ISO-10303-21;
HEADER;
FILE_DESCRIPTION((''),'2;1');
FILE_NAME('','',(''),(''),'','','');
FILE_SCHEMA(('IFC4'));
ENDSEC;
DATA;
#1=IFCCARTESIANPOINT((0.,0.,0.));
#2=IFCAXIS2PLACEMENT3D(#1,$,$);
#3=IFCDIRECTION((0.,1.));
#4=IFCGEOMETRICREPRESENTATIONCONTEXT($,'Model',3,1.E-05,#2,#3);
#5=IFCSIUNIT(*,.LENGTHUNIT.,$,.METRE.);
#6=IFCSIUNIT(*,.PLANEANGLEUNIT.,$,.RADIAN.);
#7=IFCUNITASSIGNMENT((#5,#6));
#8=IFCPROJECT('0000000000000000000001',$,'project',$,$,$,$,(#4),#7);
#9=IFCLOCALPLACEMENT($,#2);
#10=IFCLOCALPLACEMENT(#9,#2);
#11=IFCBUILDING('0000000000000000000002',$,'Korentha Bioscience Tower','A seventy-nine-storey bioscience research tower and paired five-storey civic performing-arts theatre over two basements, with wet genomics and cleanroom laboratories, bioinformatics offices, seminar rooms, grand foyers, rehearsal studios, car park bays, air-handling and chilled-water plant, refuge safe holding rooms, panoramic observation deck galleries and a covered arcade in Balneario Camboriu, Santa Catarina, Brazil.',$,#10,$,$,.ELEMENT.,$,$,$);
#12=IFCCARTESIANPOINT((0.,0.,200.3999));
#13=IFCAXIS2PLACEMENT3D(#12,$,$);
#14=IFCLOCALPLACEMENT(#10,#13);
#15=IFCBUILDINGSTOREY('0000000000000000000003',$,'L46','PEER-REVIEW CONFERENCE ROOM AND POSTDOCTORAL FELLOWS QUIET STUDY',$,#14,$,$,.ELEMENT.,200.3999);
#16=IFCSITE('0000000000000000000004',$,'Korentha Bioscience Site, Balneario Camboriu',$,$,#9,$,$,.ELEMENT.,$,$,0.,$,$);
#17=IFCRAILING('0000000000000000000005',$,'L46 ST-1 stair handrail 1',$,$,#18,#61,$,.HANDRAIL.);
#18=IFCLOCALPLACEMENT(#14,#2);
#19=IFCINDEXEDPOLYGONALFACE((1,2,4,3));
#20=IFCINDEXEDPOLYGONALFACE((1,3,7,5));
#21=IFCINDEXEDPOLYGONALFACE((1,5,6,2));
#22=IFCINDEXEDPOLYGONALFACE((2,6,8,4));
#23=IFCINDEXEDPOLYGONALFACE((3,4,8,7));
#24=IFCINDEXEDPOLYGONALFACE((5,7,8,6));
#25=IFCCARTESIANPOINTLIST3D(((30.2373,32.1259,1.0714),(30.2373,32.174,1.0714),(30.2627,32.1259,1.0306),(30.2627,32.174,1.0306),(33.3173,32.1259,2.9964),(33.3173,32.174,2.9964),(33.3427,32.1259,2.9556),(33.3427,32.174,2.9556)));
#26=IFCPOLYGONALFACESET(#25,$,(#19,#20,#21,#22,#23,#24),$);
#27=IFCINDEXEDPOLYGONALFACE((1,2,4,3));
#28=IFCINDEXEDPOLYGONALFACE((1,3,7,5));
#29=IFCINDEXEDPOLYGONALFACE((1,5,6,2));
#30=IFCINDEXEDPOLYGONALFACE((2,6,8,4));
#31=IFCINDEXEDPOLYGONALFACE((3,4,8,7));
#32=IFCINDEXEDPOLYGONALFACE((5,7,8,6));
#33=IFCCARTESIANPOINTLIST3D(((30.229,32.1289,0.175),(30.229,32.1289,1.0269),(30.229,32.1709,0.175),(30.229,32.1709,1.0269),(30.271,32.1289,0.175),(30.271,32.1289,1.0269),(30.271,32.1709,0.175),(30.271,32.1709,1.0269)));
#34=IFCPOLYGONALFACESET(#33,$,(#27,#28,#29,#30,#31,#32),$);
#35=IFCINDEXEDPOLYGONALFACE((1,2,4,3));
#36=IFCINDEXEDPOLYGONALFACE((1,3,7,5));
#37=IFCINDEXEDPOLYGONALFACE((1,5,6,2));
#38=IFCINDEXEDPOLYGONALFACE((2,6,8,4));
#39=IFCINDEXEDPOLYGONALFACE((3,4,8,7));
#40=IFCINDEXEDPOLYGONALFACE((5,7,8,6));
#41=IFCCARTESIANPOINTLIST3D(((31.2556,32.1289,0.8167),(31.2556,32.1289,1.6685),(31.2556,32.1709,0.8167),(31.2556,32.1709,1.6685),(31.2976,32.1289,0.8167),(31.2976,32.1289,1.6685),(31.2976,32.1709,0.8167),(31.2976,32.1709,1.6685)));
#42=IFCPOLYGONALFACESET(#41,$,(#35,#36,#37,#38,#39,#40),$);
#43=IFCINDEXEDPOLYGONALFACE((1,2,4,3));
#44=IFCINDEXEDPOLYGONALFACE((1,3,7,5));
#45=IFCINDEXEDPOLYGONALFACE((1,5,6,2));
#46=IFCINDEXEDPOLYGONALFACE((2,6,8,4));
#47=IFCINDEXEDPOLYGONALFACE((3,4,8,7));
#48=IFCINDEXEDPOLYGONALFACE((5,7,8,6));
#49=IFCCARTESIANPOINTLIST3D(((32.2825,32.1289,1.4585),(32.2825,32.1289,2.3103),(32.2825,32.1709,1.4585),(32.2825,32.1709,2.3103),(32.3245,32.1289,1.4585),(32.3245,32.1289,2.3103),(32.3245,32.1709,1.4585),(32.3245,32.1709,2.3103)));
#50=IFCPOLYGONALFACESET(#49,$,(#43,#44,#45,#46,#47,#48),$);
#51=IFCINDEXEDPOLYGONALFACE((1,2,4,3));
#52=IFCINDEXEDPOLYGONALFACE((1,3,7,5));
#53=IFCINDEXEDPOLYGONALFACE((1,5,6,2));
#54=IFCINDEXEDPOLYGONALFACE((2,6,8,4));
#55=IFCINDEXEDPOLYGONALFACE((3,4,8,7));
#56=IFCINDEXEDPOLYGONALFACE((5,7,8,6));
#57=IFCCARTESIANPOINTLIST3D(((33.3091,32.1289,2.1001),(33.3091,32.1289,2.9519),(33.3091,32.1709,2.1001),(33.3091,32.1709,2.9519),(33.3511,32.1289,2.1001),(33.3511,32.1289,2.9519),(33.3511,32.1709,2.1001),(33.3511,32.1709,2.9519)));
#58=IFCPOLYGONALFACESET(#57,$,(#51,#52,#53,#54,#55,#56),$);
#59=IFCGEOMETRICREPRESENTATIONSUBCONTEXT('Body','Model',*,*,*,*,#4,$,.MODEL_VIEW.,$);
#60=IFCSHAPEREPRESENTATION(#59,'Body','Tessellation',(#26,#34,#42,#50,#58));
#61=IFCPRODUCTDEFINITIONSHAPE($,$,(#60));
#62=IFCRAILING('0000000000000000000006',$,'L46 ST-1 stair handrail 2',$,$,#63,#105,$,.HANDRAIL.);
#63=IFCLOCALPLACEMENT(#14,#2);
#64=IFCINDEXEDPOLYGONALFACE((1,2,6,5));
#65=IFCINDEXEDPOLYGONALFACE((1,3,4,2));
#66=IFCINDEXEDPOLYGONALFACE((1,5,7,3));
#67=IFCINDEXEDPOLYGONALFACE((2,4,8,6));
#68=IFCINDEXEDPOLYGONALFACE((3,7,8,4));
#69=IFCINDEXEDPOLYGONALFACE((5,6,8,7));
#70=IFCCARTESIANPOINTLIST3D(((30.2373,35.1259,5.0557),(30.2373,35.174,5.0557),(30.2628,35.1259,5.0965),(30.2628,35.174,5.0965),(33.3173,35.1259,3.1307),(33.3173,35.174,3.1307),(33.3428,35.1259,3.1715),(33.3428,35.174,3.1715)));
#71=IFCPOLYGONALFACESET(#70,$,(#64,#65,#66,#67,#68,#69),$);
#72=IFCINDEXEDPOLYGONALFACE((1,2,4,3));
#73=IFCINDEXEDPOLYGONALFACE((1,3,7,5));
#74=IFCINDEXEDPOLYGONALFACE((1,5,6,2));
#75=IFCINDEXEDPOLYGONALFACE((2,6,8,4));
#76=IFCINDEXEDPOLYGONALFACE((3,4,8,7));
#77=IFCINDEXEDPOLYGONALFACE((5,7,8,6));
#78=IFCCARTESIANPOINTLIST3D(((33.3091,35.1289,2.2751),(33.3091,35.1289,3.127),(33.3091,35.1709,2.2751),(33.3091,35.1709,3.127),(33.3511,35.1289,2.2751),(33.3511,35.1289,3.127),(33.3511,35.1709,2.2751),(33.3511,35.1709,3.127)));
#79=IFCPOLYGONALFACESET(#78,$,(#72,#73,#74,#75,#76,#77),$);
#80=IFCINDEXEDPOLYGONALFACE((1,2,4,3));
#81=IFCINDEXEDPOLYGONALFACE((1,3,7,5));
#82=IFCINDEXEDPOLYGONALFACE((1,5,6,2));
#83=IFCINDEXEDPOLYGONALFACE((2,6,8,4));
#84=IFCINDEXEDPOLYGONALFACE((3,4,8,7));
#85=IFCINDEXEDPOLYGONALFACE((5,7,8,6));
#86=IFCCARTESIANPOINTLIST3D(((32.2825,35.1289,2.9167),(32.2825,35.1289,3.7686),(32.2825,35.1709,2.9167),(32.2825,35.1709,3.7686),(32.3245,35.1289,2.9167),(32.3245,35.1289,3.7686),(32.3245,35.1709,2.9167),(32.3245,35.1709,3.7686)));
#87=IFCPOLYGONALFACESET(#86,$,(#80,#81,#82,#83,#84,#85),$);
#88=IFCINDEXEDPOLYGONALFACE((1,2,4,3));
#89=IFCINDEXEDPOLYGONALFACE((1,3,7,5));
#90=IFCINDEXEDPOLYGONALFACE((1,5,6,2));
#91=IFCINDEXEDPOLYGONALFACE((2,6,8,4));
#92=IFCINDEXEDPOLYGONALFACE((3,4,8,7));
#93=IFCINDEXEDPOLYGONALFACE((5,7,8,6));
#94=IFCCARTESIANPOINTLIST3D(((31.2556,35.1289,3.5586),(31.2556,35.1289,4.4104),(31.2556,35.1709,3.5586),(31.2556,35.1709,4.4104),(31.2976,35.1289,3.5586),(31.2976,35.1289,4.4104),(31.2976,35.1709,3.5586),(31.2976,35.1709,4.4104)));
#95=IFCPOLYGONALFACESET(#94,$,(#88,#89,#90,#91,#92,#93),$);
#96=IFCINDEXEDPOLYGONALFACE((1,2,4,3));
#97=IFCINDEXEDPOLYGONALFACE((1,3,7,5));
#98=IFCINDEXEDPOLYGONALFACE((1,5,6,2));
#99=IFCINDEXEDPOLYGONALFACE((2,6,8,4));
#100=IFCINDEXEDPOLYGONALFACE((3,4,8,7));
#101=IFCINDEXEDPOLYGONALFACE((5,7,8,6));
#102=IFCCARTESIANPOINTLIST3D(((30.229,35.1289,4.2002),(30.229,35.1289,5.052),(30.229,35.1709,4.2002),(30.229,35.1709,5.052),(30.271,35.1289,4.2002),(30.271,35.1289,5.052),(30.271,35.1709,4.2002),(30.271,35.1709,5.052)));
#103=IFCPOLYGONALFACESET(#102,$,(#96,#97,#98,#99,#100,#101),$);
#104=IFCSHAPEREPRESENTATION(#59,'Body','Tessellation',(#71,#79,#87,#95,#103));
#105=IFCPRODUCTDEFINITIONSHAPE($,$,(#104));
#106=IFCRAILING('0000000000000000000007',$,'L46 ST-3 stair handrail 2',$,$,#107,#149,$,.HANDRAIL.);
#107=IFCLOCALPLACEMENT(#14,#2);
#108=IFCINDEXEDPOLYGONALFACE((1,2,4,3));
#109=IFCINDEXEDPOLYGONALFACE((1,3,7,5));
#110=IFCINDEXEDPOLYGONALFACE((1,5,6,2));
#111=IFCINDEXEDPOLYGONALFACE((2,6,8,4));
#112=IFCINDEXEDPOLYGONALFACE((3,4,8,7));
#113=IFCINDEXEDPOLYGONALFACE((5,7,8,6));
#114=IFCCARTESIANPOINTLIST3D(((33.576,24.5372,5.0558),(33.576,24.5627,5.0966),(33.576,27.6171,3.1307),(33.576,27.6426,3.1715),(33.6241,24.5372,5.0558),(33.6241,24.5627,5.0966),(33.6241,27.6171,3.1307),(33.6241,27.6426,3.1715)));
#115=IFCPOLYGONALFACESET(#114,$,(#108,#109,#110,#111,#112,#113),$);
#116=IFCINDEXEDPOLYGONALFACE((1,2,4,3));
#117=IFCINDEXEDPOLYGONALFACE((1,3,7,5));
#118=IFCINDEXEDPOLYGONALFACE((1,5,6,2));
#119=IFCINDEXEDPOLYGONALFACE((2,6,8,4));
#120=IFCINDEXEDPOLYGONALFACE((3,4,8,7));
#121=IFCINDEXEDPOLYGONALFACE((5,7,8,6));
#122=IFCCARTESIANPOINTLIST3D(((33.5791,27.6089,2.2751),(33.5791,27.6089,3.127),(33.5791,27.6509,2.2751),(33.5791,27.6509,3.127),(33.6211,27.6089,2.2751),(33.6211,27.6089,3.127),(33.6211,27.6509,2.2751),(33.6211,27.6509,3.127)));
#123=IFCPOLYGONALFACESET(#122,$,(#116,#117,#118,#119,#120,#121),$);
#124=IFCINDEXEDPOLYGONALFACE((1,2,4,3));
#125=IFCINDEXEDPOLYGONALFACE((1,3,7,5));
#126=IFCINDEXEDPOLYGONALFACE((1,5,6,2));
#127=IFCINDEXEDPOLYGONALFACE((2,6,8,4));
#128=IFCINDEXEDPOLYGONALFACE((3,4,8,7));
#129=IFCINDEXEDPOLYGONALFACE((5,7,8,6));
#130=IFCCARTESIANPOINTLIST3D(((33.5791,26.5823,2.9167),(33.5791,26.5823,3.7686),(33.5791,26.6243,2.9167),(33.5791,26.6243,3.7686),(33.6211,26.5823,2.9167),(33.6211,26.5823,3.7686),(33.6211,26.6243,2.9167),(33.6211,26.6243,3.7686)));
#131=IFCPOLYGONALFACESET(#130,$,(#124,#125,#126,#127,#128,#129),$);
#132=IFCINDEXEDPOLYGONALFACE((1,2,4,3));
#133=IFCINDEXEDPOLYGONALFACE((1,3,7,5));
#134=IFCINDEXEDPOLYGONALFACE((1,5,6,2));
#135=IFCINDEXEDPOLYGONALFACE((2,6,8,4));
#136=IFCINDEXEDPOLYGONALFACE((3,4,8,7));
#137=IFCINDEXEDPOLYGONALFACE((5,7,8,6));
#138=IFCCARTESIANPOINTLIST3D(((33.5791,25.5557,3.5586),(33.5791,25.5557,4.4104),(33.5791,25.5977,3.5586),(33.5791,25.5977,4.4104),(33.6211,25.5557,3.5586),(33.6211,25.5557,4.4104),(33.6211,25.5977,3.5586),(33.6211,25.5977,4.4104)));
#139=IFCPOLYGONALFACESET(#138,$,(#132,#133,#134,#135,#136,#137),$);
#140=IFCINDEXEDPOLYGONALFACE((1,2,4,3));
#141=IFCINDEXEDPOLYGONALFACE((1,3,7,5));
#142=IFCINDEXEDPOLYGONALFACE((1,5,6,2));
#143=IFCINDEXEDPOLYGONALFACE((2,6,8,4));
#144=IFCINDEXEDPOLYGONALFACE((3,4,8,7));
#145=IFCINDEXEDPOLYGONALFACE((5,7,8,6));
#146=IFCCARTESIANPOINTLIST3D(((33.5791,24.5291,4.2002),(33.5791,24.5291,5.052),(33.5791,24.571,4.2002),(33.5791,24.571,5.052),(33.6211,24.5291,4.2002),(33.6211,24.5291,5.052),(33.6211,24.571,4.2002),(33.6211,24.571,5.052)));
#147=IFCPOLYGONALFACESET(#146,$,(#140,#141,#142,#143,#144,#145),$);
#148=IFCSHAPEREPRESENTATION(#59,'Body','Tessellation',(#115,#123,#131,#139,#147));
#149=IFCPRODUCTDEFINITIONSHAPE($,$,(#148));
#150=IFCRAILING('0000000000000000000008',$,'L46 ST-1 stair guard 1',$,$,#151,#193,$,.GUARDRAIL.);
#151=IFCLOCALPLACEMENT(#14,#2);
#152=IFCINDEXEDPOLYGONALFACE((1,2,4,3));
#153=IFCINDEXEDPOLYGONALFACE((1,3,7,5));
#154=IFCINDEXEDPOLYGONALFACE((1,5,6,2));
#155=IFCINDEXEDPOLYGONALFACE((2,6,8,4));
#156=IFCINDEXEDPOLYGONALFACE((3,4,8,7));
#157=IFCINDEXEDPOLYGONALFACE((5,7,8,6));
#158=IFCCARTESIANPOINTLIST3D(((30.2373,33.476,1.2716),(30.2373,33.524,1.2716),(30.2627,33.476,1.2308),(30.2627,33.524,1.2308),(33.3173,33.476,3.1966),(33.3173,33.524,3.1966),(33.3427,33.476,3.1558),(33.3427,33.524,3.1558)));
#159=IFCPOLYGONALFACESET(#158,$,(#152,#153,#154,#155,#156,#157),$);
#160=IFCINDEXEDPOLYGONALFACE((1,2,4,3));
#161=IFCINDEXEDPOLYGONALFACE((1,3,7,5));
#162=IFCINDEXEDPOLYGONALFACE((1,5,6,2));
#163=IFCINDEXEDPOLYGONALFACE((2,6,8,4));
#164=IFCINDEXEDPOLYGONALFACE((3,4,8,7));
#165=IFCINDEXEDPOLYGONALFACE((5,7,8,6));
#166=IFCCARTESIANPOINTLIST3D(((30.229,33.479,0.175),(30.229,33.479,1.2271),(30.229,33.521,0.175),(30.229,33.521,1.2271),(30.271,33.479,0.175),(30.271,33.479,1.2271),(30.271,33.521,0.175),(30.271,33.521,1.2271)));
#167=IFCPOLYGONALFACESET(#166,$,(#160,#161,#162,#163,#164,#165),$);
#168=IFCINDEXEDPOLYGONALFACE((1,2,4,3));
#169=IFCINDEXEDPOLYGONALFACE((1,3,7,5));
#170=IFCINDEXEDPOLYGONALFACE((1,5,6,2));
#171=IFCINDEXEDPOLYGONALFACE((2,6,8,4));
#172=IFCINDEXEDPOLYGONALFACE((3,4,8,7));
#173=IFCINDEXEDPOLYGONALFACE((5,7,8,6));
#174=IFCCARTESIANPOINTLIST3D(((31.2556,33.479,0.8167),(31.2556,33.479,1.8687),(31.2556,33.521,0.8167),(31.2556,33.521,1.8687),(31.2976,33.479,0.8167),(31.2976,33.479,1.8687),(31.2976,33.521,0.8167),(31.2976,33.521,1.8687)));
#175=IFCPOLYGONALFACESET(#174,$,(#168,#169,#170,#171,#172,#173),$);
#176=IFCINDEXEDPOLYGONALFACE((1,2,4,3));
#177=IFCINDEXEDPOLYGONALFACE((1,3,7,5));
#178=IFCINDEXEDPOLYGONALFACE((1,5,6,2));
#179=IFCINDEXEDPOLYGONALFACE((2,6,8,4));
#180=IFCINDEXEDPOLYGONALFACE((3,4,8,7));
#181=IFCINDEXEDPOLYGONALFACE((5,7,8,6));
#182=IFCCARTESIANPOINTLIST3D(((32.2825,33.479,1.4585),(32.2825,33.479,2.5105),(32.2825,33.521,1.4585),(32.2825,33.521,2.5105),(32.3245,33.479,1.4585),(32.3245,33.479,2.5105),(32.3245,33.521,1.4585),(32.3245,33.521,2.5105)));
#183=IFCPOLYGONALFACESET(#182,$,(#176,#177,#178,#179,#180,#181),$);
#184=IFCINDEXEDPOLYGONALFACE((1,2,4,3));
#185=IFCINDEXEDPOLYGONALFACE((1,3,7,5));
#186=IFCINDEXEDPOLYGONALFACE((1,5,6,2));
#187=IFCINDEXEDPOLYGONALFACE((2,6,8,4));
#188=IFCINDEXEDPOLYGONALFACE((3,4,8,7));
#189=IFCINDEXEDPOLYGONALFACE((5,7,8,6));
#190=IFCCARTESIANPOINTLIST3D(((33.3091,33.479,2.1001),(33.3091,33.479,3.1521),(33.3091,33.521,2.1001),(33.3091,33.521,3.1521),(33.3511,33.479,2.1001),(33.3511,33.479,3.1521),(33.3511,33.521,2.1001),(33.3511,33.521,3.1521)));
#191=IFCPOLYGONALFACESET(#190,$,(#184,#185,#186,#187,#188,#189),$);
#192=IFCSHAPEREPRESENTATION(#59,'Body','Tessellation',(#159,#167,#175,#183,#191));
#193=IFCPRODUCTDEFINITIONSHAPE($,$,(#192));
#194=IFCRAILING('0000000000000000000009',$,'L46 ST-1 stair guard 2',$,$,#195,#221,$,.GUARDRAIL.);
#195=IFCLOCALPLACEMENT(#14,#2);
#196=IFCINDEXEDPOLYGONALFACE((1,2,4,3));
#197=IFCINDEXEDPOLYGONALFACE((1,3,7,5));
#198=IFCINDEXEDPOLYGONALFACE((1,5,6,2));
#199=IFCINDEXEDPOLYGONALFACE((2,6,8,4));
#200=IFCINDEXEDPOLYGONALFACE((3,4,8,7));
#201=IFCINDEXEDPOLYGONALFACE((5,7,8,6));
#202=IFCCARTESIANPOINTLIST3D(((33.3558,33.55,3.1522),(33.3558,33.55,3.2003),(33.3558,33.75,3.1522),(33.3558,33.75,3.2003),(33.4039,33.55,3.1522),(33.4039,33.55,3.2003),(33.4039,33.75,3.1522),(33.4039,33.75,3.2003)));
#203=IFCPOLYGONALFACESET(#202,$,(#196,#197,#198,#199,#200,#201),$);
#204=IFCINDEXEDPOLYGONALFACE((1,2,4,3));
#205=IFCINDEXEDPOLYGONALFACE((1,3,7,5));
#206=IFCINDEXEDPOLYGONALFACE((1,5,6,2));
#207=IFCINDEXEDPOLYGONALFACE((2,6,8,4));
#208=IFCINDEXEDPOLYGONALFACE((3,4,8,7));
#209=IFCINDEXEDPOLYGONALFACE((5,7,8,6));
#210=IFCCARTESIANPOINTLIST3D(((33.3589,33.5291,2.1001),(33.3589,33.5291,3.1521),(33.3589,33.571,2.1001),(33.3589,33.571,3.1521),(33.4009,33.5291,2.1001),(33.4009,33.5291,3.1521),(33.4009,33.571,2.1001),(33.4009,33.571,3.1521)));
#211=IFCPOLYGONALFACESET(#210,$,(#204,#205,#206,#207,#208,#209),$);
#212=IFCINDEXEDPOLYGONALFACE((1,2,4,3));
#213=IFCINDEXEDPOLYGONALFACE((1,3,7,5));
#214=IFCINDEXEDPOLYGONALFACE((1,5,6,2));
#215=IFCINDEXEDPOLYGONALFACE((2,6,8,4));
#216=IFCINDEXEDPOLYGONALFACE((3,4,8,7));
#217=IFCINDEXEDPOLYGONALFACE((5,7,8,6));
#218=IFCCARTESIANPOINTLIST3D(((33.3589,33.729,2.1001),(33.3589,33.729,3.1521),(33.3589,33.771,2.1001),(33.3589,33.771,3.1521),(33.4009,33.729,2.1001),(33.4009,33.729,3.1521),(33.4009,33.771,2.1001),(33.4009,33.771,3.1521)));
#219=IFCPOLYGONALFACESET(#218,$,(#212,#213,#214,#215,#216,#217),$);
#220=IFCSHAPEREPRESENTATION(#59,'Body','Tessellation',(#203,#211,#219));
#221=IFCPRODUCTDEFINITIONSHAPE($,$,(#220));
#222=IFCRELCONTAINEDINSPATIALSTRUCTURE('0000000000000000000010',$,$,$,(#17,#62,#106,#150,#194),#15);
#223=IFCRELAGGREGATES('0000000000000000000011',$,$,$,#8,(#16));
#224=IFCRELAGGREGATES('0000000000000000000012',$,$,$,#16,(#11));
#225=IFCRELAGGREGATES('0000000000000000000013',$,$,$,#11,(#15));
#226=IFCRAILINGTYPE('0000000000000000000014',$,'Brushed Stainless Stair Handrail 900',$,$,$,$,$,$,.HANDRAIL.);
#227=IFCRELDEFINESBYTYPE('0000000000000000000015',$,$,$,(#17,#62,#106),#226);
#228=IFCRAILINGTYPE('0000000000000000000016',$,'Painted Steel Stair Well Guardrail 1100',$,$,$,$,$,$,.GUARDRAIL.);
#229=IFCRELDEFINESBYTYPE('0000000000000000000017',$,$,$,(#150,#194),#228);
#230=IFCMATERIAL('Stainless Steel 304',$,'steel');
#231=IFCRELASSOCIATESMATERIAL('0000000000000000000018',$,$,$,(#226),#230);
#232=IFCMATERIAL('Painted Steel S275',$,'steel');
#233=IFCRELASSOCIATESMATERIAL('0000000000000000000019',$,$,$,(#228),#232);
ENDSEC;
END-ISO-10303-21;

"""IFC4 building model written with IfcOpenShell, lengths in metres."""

from ifc_helpers import new_model, si_unit, direction, frame, origin, origin_2d, place, context, subcontext, project, spatial, rectangle, extrude, material, type_object, element, save


model = new_model("IFC4")

# Units and contexts
model_context = context("Model", 3, precision=1e-05, world=origin(), true_north=direction((0.0, 1.0)))
body_context = subcontext(model_context, "Body", "Model", "MODEL_VIEW")
ifc_project = project(units=[si_unit("LENGTHUNIT", "METRE"), si_unit("PLANEANGLEUNIT", "RADIAN")], contexts=[model_context])

# Site, building, storey
site_placement = place(None, origin())
site = spatial("IfcSite", under=ifc_project, at=site_placement, Name="Korentha Bioscience Site, Balneario Camboriu", CompositionType="ELEMENT", RefElevation=0.0)
building_placement = place(site_placement, origin())
building = spatial("IfcBuilding", under=site, at=building_placement, Name="Korentha Bioscience Tower", Description="A seventy-nine-storey bioscience research tower and paired five-storey civic performing-arts theatre over two basements, with wet genomics and cleanroom laboratories, bioinformatics offices, seminar rooms, grand foyers, rehearsal studios, car park bays, air-handling and chilled-water plant, refuge safe holding rooms, panoramic observation deck galleries and a covered arcade in Balneario Camboriu, Santa Catarina, Brazil.", CompositionType="ELEMENT")
storey_placement = place(building_placement, frame((0.0, 0.0, 200.3999)))
storey = spatial("IfcBuildingStorey", under=building, at=storey_placement, Name="L46", Description="PEER-REVIEW CONFERENCE ROOM AND POSTDOCTORAL FELLOWS QUIET STUDY", CompositionType="ELEMENT", Elevation=200.3999)

# Railings
ifc_material_1 = material(Name="Stainless Steel 304", Category="steel")
railing_type_1 = type_object("IfcRailingType", Name="Brushed Stainless Stair Handrail 900", PredefinedType="HANDRAIL", material=ifc_material_1)
railing_1_placement = place(storey_placement, frame((30.25, 32.1499, 0.175)))
element("IfcRailing", 1, at=railing_1_placement, inside=storey, type_object=railing_type_1, Name="L46 ST-1 stair handrail 1", PredefinedType="HANDRAIL", context=body_context, shape_type="SweptSolid", body=[
    extrude(rectangle(XDim=0.0481, YDim=0.0481, at=origin_2d()), frame((0.0, 0.0, 0.876), z_axis=(0.847998, 0.0, 0.529999), x_axis=(0.0, 1.0, 0.0)), (0.0, 0.0, 1.0), 3.6321),
    extrude(rectangle(XDim=0.042, YDim=0.042, at=origin_2d()), origin(), (0.0, 0.0, 1.0), 0.8518),
    extrude(rectangle(XDim=0.042, YDim=0.042, at=origin_2d()), frame((1.0266, 0.0, 0.6416)), (0.0, 0.0, 1.0), 0.8518),
    extrude(rectangle(XDim=0.042, YDim=0.042, at=origin_2d()), frame((2.0535, 0.0, 1.2834)), (0.0, 0.0, 1.0), 0.8518),
    extrude(rectangle(XDim=0.042, YDim=0.042, at=origin_2d()), frame((3.0801, 0.0, 1.925)), (0.0, 0.0, 1.0), 0.8518),
])
railing_2_placement = place(storey_placement, frame((33.3301, 35.1499, 2.2751)))
element("IfcRailing", 2, at=railing_2_placement, inside=storey, type_object=railing_type_1, Name="L46 ST-1 stair handrail 2", PredefinedType="HANDRAIL", context=body_context, shape_type="SweptSolid", body=[
    extrude(rectangle(XDim=0.0481, YDim=0.0481, at=origin_2d()), frame((0.0, 0.0, 0.876), z_axis=(-0.847998, 0.0, 0.529999), x_axis=(0.0, -1.0, 0.0)), (0.0, 0.0, 1.0), 3.6321),
    extrude(rectangle(XDim=0.042, YDim=0.042, at=origin_2d()), origin(), (0.0, 0.0, 1.0), 0.8518),
    extrude(rectangle(XDim=0.042, YDim=0.042, at=origin_2d()), frame((-1.0266, 0.0, 0.6416)), (0.0, 0.0, 1.0), 0.8518),
    extrude(rectangle(XDim=0.042, YDim=0.042, at=origin_2d()), frame((-2.0535, 0.0, 1.2834)), (0.0, 0.0, 1.0), 0.8518),
    extrude(rectangle(XDim=0.042, YDim=0.042, at=origin_2d()), frame((-3.0801, 0.0, 1.925)), (0.0, 0.0, 1.0), 0.8518),
])
railing_3_placement = place(storey_placement, frame((33.6001, 27.6299, 2.2751)))
element("IfcRailing", 3, at=railing_3_placement, inside=storey, type_object=railing_type_1, Name="L46 ST-3 stair handrail 2", PredefinedType="HANDRAIL", context=body_context, shape_type="SweptSolid", body=[
    extrude(rectangle(XDim=0.0481, YDim=0.0481, at=origin_2d()), frame((0.0, 0.0, 0.876), z_axis=(0.0, -0.847979, 0.530029), x_axis=(1.0, 0.0, 0.0)), (0.0, 0.0, 1.0), 3.6321),
    extrude(rectangle(XDim=0.042, YDim=0.042, at=origin_2d()), origin(), (0.0, 0.0, 1.0), 0.8518),
    extrude(rectangle(XDim=0.042, YDim=0.042, at=origin_2d()), frame((0.0, -1.0266, 0.6416)), (0.0, 0.0, 1.0), 0.8518),
    extrude(rectangle(XDim=0.042, YDim=0.042, at=origin_2d()), frame((0.0, -2.0532, 1.2834)), (0.0, 0.0, 1.0), 0.8518),
    extrude(rectangle(XDim=0.042, YDim=0.042, at=origin_2d()), frame((0.0, -3.0798, 1.925)), (0.0, 0.0, 1.0), 0.8518),
])
ifc_material_2 = material(Name="Painted Steel S275", Category="steel")
railing_type_2 = type_object("IfcRailingType", Name="Painted Steel Stair Well Guardrail 1100", PredefinedType="GUARDRAIL", material=ifc_material_2)
railing_4_placement = place(storey_placement, frame((30.25, 33.5, 0.175)))
element("IfcRailing", 4, at=railing_4_placement, inside=storey, type_object=railing_type_2, Name="L46 ST-1 stair guard 1", PredefinedType="GUARDRAIL", context=body_context, shape_type="SweptSolid", body=[
    extrude(rectangle(XDim=0.0481, YDim=0.0481, at=origin_2d()), frame((0.0, 0.0, 1.0762), z_axis=(0.847998, 0.0, 0.529999), x_axis=(0.0, 1.0, 0.0)), (0.0, 0.0, 1.0), 3.6321),
    extrude(rectangle(XDim=0.042, YDim=0.042, at=origin_2d()), origin(), (0.0, 0.0, 1.0), 1.052),
    extrude(rectangle(XDim=0.042, YDim=0.042, at=origin_2d()), frame((1.0266, 0.0, 0.6416)), (0.0, 0.0, 1.0), 1.052),
    extrude(rectangle(XDim=0.042, YDim=0.042, at=origin_2d()), frame((2.0535, 0.0, 1.2834)), (0.0, 0.0, 1.0), 1.052),
    extrude(rectangle(XDim=0.042, YDim=0.042, at=origin_2d()), frame((3.0801, 0.0, 1.925)), (0.0, 0.0, 1.0), 1.052),
])
railing_5_placement = place(storey_placement, frame((33.3799, 33.55, 2.1001)))
element("IfcRailing", 5, at=railing_5_placement, inside=storey, type_object=railing_type_2, Name="L46 ST-1 stair guard 2", PredefinedType="GUARDRAIL", context=body_context, shape_type="SweptSolid", body=[
    extrude(rectangle(XDim=0.0481, YDim=0.0481, at=origin_2d()), frame((0.0, 0.0, 1.0762), z_axis=(0.0, 1.0, 0.0), x_axis=(-1.0, 0.0, 0.0)), (0.0, 0.0, 1.0), 0.2),
    extrude(rectangle(XDim=0.042, YDim=0.042, at=origin_2d()), origin(), (0.0, 0.0, 1.0), 1.052),
    extrude(rectangle(XDim=0.042, YDim=0.042, at=origin_2d()), frame((0.0, 0.2, 0.0)), (0.0, 0.0, 1.0), 1.052),
])

save(model, "model.ifc")
